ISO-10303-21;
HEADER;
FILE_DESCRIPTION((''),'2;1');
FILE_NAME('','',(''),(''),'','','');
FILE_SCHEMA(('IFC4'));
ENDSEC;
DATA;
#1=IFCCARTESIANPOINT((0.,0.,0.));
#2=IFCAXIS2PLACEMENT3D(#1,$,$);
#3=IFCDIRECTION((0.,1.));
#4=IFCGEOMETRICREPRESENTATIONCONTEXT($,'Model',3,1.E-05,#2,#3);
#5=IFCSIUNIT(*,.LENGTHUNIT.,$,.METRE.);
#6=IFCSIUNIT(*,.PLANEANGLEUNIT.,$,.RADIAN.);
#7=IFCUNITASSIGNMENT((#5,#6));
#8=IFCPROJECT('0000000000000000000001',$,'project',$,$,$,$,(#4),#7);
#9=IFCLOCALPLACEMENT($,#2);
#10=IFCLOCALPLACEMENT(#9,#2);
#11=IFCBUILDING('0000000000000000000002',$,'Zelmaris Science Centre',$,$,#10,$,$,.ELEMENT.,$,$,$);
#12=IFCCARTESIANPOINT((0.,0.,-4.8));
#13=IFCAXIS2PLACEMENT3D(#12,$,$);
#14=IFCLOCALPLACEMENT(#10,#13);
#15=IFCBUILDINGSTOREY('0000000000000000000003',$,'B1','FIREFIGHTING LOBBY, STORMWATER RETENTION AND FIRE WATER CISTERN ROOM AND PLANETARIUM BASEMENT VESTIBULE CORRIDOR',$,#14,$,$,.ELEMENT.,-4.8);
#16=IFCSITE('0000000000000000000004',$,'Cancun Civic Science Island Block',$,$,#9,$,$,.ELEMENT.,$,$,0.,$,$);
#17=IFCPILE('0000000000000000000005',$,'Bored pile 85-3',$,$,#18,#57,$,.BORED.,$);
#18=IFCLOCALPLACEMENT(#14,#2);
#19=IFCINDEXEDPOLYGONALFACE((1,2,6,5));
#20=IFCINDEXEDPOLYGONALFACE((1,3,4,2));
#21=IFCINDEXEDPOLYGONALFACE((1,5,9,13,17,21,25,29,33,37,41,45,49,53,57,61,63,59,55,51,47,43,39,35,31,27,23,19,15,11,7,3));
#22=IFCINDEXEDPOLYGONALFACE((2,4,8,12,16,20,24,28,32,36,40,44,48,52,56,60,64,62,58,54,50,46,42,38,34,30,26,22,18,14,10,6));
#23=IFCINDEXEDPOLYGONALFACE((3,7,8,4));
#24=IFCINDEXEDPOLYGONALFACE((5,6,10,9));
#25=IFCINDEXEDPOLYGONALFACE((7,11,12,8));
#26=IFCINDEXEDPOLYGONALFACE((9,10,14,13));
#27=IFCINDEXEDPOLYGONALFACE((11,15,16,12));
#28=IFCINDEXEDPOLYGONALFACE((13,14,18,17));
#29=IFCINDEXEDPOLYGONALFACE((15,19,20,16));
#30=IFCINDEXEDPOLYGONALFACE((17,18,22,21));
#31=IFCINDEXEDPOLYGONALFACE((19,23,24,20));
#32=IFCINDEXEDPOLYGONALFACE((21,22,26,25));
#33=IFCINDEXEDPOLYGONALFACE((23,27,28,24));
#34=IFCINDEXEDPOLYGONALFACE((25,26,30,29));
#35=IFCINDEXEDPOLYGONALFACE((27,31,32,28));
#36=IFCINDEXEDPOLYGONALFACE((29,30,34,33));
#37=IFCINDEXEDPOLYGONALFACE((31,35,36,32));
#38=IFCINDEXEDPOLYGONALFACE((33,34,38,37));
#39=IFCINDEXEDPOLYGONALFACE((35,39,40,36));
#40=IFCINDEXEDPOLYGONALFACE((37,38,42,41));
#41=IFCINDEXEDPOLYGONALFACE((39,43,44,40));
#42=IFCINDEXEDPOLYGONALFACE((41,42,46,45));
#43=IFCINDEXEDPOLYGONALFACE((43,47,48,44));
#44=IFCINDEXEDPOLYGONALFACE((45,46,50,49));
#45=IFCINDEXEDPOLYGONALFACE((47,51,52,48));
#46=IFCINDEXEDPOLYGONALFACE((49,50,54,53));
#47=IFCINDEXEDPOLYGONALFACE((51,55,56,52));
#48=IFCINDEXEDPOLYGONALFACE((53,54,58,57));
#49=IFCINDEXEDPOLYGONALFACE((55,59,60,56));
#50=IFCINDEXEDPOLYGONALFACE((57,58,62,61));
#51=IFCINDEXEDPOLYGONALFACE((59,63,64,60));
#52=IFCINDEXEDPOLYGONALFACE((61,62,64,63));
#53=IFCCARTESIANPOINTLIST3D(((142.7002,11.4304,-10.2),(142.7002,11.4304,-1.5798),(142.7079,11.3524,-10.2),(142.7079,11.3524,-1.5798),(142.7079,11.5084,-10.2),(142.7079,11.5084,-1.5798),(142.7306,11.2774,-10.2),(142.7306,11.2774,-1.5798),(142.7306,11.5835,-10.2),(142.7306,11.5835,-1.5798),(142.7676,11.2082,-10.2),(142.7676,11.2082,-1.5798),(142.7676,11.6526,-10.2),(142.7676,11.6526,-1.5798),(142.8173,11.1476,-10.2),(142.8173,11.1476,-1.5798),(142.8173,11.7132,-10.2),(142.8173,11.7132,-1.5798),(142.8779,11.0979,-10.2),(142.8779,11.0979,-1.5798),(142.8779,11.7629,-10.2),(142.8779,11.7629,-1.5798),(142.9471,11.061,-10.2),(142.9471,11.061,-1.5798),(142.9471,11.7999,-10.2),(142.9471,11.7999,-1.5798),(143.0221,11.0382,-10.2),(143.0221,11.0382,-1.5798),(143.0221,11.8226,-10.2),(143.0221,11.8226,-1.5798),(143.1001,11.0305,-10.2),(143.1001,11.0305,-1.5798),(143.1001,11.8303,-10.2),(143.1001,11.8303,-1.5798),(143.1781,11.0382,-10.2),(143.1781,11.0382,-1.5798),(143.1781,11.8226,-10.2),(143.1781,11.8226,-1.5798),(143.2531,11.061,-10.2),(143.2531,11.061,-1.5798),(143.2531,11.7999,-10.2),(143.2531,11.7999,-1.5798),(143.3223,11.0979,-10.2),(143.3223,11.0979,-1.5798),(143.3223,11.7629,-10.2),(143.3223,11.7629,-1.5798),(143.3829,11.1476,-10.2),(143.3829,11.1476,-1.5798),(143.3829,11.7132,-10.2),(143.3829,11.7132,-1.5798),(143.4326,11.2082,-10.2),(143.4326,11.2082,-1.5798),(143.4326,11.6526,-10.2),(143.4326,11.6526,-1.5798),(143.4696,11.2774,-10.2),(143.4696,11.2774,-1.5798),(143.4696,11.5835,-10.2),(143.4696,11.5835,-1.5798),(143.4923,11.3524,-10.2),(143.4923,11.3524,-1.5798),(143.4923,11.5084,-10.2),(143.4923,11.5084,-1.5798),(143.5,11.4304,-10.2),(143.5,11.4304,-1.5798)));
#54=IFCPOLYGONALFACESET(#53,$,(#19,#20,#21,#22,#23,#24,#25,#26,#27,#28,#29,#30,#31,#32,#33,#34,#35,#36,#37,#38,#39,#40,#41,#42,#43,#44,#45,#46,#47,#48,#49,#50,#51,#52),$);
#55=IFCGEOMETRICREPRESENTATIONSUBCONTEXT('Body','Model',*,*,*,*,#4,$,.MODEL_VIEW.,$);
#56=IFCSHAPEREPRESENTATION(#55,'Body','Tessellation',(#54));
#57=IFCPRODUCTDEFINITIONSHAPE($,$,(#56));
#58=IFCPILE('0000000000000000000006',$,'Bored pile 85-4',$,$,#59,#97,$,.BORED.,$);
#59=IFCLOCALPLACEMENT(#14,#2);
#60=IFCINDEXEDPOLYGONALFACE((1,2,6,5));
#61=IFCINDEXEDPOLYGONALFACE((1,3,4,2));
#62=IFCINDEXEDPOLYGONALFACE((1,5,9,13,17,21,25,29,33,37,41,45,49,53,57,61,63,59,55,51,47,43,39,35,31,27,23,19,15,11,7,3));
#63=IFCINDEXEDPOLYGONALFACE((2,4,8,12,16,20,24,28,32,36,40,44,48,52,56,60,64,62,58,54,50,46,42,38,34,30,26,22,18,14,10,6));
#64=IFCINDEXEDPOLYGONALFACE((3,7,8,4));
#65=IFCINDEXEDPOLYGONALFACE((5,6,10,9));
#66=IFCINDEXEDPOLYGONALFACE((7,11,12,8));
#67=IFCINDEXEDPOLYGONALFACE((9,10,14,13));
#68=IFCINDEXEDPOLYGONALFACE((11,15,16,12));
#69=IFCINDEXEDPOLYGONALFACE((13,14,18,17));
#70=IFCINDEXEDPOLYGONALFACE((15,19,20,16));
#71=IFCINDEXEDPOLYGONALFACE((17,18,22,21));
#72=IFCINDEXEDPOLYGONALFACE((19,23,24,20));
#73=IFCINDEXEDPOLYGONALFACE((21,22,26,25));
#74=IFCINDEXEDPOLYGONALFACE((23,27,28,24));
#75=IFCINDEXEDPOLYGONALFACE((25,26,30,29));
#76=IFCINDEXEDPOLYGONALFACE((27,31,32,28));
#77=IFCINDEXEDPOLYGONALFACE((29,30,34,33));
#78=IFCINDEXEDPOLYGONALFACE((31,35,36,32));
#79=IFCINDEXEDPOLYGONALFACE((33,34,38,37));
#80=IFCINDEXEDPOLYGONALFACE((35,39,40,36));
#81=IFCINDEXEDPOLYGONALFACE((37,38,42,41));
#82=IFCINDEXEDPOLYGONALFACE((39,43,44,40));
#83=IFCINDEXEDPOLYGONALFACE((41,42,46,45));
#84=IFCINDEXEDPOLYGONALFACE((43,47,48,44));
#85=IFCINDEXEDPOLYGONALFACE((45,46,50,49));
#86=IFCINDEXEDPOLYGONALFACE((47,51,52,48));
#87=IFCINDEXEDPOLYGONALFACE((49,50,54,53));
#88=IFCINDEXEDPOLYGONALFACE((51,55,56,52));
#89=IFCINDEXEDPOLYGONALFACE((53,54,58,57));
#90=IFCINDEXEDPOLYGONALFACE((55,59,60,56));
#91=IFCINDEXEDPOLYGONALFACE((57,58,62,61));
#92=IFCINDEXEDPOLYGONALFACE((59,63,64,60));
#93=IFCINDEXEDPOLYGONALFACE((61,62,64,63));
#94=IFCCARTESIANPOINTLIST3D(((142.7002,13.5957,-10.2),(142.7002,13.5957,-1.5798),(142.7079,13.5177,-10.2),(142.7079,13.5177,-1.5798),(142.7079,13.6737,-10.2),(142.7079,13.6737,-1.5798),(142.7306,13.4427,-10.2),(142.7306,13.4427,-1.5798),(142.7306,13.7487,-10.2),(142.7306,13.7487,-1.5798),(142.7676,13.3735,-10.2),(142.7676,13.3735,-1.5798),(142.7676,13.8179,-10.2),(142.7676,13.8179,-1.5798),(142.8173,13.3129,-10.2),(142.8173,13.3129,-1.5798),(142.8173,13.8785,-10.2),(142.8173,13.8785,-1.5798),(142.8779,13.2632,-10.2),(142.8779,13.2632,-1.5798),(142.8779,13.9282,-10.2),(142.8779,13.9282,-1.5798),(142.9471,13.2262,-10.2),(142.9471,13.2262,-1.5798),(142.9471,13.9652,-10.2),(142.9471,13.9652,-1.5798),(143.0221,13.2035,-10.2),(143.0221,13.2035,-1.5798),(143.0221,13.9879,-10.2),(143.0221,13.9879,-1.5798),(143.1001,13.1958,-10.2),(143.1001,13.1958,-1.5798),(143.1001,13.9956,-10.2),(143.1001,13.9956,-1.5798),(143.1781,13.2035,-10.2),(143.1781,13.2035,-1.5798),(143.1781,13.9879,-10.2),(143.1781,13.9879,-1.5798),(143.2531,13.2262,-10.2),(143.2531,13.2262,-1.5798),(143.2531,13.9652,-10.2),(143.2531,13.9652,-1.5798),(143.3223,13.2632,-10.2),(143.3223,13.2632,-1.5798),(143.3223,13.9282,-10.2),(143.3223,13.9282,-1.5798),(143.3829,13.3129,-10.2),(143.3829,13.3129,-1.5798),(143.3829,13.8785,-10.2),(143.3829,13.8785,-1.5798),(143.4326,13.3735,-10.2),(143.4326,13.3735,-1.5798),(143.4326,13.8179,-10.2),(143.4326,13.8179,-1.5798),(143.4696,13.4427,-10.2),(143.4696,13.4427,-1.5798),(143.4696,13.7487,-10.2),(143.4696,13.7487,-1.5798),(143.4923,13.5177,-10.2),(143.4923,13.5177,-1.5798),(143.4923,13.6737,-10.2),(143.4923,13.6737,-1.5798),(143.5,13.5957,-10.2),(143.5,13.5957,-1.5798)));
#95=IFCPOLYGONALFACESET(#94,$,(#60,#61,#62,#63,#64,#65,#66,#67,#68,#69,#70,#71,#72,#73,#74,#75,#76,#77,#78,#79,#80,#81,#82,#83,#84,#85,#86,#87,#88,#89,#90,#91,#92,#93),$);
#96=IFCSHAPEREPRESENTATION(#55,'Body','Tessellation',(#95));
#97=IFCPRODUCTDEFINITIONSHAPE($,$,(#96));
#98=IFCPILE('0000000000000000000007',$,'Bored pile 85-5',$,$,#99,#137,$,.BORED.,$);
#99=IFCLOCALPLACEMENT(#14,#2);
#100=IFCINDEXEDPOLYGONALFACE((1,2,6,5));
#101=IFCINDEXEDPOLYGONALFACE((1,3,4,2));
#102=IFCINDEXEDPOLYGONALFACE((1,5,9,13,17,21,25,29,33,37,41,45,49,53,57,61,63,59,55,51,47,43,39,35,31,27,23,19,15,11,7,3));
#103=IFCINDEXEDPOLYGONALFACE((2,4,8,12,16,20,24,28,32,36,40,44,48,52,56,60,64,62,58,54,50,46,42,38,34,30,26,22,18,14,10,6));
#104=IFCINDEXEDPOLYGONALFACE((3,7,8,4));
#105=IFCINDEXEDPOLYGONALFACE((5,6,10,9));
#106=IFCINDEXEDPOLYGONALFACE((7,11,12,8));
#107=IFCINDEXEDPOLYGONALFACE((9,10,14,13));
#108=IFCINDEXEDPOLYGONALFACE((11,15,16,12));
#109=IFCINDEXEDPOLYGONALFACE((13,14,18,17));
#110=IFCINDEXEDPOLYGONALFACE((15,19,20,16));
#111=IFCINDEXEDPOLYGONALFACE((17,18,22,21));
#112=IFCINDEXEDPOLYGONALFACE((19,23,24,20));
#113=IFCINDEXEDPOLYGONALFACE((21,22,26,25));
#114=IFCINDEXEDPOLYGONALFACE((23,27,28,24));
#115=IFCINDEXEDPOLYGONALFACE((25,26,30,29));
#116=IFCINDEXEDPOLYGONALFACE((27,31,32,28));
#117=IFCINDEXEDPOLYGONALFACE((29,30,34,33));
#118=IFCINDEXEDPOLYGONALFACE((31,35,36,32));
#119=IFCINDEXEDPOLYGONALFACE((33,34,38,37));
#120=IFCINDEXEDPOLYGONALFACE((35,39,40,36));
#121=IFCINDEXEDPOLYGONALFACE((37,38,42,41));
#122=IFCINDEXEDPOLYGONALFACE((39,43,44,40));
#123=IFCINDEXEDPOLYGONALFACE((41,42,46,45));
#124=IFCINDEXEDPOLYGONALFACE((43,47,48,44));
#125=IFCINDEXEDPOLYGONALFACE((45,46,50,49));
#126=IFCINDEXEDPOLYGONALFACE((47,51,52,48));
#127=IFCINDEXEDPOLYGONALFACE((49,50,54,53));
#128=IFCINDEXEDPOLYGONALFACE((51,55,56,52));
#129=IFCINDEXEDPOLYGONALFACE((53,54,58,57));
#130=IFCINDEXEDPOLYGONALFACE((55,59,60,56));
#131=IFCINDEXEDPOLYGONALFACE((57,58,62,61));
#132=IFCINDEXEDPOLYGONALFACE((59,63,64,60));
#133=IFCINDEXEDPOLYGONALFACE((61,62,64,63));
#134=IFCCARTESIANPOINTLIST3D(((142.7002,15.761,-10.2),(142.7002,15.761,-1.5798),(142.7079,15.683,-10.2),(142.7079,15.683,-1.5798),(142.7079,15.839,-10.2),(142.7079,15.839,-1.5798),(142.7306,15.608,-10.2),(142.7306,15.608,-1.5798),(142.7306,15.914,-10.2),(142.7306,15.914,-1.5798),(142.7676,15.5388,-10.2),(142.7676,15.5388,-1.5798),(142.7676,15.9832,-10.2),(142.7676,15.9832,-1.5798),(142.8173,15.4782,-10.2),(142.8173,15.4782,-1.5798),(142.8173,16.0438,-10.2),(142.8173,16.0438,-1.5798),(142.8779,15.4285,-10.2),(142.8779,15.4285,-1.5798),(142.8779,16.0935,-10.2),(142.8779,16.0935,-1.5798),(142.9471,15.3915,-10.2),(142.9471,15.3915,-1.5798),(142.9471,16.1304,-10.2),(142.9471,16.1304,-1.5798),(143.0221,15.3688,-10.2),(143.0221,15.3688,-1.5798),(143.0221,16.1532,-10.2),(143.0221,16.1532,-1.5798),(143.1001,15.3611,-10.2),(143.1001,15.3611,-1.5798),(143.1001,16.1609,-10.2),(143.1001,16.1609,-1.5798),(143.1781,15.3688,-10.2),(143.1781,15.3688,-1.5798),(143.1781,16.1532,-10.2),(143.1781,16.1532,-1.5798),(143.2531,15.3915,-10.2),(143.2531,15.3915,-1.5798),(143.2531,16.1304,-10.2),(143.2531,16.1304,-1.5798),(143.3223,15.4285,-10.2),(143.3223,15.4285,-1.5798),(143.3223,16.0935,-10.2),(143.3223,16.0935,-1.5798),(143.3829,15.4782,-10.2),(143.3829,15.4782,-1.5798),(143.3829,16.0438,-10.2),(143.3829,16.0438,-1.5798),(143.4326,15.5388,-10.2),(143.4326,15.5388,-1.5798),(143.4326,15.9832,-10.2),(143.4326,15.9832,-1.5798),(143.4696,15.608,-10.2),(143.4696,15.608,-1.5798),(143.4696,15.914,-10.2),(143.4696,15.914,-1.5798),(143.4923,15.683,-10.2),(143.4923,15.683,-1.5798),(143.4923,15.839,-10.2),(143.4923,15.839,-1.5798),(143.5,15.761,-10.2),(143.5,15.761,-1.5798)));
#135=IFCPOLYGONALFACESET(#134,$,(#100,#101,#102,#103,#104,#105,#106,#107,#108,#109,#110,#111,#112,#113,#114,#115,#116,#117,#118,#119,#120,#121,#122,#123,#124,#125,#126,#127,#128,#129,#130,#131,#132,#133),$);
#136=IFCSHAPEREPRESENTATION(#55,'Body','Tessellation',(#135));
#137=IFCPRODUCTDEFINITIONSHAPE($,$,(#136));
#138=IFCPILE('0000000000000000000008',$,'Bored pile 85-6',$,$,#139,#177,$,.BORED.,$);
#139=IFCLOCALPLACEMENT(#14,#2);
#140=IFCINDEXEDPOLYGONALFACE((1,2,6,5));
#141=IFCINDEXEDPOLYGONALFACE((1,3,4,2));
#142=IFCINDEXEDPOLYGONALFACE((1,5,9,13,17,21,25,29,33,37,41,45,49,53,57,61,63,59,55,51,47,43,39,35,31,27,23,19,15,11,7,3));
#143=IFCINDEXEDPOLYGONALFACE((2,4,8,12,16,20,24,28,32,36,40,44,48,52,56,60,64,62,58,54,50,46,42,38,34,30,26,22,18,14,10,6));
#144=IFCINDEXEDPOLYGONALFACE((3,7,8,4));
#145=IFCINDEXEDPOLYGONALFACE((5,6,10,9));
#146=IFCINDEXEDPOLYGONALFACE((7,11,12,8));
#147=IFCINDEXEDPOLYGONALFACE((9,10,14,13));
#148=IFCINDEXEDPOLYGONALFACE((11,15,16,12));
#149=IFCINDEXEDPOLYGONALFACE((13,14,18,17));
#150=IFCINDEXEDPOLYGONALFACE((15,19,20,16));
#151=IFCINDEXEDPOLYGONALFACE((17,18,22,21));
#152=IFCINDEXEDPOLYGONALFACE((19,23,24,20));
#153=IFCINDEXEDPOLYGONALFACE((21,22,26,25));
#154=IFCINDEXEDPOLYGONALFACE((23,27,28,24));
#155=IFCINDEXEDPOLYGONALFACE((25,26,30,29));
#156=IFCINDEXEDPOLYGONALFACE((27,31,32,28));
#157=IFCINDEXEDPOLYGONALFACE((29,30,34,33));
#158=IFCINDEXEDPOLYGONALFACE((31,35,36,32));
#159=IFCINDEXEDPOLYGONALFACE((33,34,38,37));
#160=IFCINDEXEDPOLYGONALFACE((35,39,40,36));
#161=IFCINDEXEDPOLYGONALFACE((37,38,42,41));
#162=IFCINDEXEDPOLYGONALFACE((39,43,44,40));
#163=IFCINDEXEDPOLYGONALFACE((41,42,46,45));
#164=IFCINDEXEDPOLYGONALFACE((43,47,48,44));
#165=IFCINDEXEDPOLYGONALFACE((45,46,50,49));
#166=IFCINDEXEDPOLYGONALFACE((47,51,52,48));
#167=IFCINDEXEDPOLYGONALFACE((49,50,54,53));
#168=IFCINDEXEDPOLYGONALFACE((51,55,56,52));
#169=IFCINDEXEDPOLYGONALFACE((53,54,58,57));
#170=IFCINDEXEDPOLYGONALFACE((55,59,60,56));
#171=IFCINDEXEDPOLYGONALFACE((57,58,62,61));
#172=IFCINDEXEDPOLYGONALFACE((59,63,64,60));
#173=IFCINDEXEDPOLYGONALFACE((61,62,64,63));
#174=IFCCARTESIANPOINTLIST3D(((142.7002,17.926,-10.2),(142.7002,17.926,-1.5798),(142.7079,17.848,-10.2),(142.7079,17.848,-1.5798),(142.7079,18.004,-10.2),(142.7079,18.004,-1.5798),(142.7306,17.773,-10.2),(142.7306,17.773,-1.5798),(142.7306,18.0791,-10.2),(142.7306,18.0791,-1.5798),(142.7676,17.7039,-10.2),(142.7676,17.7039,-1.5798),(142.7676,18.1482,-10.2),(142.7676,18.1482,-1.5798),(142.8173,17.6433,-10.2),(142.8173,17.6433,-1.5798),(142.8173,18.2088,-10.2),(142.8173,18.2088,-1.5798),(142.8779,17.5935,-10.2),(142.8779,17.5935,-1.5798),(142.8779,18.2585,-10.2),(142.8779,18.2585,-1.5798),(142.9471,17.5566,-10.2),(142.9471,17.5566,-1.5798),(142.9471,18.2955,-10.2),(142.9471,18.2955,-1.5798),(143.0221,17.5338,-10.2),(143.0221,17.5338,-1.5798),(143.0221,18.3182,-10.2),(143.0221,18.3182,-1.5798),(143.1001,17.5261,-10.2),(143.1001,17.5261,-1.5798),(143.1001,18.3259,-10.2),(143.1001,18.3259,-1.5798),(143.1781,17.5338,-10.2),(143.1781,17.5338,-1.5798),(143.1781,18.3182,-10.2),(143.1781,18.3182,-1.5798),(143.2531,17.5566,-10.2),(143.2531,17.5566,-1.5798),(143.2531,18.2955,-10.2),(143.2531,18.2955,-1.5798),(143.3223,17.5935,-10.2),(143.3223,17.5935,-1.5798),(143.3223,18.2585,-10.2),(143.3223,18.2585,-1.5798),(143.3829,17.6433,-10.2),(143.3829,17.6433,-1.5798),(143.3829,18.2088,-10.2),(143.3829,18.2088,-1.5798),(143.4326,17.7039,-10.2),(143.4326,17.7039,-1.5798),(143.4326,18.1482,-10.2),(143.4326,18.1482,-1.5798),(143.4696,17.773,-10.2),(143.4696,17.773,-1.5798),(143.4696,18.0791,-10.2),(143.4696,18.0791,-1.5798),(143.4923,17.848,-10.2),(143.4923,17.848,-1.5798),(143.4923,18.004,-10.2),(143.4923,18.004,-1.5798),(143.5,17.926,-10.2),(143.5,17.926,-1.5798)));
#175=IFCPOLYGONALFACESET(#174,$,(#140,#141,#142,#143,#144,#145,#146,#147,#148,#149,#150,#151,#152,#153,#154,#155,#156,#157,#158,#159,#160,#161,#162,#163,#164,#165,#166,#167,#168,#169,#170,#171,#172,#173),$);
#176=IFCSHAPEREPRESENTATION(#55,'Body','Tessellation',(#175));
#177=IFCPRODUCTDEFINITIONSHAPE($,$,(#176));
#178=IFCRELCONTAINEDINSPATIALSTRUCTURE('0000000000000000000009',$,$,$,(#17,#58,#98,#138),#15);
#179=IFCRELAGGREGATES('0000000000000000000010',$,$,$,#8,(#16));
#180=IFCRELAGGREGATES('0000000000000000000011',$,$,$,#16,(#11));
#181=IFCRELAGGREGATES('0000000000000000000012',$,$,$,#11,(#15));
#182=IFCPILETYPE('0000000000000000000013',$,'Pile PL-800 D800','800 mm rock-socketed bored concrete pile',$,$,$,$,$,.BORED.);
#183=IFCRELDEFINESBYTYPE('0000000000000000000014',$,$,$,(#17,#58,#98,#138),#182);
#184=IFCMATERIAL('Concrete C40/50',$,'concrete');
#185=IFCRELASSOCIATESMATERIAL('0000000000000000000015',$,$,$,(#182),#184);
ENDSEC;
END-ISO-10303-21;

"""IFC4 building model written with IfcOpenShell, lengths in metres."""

from ifc_helpers import new_model, si_unit, direction, frame, origin, origin_2d, place, context, subcontext, project, spatial, circle, extrude, material, material_profile, profile_set, type_object, element, save


model = new_model("IFC4")

# Units and contexts
model_context = context("Model", 3, precision=1e-05, world=origin(), true_north=direction((0.0, 1.0)))
body_context = subcontext(model_context, "Body", "Model", "MODEL_VIEW")
ifc_project = project(units=[si_unit("LENGTHUNIT", "METRE"), si_unit("PLANEANGLEUNIT", "RADIAN")], contexts=[model_context])

# Site, building, storey
site_placement = place(None, origin())
site = spatial("IfcSite", under=ifc_project, at=site_placement, Name="Cancun Civic Science Island Block", CompositionType="ELEMENT", RefElevation=0.0)
building_placement = place(site_placement, origin())
building = spatial("IfcBuilding", under=site, at=building_placement, Name="Zelmaris Science Centre", CompositionType="ELEMENT")
storey_placement = place(building_placement, frame((0.0, 0.0, -4.8)))
storey = spatial("IfcBuildingStorey", under=building, at=storey_placement, Name="B1", Description="FIREFIGHTING LOBBY, STORMWATER RETENTION AND FIRE WATER CISTERN ROOM AND PLANETARIUM BASEMENT VESTIBULE CORRIDOR", CompositionType="ELEMENT", Elevation=-4.8)

# Shared definitions
ifc_material_1 = material(Name="Concrete C40/50", Category="concrete")

# Piles
ifc_material_profile_1 = material_profile(ifc_material_1, circle(Radius=0.3999, at=origin_2d()), Name="PILE-800")
ifc_profile_set_1 = profile_set([ifc_material_profile_1], Name="Concrete C40/50")
pile_type_1 = type_object("IfcPileType", Name="Pile PL-800 D800", Description="800 mm rock-socketed bored concrete pile", PredefinedType="BORED", material=ifc_profile_set_1)
for number, where, z_axis, x_axis, name in (
    (1, (143.1001, 11.4304, -1.5798), (0.0, 0.0, -1.0), (1.0, 0.0, 0.0), "Bored pile 85-3"),
    (2, (143.1001, 13.5957, -1.5798), (0.0, 0.0, -1.0), (1.0, 0.0, 0.0), "Bored pile 85-4"),
    (3, (143.1001, 15.761, -1.5798), (0.0, 0.0, -1.0), (1.0, 0.0, 0.0), "Bored pile 85-5"),
    (4, (143.1001, 17.926, -1.5798), (0.0, 0.0, -1.0), (1.0, 0.0, 0.0), "Bored pile 85-6"),
):
    element("IfcPile", number, at=place(storey_placement, frame(where, z_axis=z_axis, x_axis=x_axis)), inside=storey, type_object=pile_type_1, Name=name, PredefinedType="BORED", context=body_context, shape_type="SweptSolid", body=[
        extrude(circle(Radius=0.3999, at=origin_2d()), origin(), (0.0, 0.0, 1.0), 8.6201),
    ])

save(model, "model.ifc")
